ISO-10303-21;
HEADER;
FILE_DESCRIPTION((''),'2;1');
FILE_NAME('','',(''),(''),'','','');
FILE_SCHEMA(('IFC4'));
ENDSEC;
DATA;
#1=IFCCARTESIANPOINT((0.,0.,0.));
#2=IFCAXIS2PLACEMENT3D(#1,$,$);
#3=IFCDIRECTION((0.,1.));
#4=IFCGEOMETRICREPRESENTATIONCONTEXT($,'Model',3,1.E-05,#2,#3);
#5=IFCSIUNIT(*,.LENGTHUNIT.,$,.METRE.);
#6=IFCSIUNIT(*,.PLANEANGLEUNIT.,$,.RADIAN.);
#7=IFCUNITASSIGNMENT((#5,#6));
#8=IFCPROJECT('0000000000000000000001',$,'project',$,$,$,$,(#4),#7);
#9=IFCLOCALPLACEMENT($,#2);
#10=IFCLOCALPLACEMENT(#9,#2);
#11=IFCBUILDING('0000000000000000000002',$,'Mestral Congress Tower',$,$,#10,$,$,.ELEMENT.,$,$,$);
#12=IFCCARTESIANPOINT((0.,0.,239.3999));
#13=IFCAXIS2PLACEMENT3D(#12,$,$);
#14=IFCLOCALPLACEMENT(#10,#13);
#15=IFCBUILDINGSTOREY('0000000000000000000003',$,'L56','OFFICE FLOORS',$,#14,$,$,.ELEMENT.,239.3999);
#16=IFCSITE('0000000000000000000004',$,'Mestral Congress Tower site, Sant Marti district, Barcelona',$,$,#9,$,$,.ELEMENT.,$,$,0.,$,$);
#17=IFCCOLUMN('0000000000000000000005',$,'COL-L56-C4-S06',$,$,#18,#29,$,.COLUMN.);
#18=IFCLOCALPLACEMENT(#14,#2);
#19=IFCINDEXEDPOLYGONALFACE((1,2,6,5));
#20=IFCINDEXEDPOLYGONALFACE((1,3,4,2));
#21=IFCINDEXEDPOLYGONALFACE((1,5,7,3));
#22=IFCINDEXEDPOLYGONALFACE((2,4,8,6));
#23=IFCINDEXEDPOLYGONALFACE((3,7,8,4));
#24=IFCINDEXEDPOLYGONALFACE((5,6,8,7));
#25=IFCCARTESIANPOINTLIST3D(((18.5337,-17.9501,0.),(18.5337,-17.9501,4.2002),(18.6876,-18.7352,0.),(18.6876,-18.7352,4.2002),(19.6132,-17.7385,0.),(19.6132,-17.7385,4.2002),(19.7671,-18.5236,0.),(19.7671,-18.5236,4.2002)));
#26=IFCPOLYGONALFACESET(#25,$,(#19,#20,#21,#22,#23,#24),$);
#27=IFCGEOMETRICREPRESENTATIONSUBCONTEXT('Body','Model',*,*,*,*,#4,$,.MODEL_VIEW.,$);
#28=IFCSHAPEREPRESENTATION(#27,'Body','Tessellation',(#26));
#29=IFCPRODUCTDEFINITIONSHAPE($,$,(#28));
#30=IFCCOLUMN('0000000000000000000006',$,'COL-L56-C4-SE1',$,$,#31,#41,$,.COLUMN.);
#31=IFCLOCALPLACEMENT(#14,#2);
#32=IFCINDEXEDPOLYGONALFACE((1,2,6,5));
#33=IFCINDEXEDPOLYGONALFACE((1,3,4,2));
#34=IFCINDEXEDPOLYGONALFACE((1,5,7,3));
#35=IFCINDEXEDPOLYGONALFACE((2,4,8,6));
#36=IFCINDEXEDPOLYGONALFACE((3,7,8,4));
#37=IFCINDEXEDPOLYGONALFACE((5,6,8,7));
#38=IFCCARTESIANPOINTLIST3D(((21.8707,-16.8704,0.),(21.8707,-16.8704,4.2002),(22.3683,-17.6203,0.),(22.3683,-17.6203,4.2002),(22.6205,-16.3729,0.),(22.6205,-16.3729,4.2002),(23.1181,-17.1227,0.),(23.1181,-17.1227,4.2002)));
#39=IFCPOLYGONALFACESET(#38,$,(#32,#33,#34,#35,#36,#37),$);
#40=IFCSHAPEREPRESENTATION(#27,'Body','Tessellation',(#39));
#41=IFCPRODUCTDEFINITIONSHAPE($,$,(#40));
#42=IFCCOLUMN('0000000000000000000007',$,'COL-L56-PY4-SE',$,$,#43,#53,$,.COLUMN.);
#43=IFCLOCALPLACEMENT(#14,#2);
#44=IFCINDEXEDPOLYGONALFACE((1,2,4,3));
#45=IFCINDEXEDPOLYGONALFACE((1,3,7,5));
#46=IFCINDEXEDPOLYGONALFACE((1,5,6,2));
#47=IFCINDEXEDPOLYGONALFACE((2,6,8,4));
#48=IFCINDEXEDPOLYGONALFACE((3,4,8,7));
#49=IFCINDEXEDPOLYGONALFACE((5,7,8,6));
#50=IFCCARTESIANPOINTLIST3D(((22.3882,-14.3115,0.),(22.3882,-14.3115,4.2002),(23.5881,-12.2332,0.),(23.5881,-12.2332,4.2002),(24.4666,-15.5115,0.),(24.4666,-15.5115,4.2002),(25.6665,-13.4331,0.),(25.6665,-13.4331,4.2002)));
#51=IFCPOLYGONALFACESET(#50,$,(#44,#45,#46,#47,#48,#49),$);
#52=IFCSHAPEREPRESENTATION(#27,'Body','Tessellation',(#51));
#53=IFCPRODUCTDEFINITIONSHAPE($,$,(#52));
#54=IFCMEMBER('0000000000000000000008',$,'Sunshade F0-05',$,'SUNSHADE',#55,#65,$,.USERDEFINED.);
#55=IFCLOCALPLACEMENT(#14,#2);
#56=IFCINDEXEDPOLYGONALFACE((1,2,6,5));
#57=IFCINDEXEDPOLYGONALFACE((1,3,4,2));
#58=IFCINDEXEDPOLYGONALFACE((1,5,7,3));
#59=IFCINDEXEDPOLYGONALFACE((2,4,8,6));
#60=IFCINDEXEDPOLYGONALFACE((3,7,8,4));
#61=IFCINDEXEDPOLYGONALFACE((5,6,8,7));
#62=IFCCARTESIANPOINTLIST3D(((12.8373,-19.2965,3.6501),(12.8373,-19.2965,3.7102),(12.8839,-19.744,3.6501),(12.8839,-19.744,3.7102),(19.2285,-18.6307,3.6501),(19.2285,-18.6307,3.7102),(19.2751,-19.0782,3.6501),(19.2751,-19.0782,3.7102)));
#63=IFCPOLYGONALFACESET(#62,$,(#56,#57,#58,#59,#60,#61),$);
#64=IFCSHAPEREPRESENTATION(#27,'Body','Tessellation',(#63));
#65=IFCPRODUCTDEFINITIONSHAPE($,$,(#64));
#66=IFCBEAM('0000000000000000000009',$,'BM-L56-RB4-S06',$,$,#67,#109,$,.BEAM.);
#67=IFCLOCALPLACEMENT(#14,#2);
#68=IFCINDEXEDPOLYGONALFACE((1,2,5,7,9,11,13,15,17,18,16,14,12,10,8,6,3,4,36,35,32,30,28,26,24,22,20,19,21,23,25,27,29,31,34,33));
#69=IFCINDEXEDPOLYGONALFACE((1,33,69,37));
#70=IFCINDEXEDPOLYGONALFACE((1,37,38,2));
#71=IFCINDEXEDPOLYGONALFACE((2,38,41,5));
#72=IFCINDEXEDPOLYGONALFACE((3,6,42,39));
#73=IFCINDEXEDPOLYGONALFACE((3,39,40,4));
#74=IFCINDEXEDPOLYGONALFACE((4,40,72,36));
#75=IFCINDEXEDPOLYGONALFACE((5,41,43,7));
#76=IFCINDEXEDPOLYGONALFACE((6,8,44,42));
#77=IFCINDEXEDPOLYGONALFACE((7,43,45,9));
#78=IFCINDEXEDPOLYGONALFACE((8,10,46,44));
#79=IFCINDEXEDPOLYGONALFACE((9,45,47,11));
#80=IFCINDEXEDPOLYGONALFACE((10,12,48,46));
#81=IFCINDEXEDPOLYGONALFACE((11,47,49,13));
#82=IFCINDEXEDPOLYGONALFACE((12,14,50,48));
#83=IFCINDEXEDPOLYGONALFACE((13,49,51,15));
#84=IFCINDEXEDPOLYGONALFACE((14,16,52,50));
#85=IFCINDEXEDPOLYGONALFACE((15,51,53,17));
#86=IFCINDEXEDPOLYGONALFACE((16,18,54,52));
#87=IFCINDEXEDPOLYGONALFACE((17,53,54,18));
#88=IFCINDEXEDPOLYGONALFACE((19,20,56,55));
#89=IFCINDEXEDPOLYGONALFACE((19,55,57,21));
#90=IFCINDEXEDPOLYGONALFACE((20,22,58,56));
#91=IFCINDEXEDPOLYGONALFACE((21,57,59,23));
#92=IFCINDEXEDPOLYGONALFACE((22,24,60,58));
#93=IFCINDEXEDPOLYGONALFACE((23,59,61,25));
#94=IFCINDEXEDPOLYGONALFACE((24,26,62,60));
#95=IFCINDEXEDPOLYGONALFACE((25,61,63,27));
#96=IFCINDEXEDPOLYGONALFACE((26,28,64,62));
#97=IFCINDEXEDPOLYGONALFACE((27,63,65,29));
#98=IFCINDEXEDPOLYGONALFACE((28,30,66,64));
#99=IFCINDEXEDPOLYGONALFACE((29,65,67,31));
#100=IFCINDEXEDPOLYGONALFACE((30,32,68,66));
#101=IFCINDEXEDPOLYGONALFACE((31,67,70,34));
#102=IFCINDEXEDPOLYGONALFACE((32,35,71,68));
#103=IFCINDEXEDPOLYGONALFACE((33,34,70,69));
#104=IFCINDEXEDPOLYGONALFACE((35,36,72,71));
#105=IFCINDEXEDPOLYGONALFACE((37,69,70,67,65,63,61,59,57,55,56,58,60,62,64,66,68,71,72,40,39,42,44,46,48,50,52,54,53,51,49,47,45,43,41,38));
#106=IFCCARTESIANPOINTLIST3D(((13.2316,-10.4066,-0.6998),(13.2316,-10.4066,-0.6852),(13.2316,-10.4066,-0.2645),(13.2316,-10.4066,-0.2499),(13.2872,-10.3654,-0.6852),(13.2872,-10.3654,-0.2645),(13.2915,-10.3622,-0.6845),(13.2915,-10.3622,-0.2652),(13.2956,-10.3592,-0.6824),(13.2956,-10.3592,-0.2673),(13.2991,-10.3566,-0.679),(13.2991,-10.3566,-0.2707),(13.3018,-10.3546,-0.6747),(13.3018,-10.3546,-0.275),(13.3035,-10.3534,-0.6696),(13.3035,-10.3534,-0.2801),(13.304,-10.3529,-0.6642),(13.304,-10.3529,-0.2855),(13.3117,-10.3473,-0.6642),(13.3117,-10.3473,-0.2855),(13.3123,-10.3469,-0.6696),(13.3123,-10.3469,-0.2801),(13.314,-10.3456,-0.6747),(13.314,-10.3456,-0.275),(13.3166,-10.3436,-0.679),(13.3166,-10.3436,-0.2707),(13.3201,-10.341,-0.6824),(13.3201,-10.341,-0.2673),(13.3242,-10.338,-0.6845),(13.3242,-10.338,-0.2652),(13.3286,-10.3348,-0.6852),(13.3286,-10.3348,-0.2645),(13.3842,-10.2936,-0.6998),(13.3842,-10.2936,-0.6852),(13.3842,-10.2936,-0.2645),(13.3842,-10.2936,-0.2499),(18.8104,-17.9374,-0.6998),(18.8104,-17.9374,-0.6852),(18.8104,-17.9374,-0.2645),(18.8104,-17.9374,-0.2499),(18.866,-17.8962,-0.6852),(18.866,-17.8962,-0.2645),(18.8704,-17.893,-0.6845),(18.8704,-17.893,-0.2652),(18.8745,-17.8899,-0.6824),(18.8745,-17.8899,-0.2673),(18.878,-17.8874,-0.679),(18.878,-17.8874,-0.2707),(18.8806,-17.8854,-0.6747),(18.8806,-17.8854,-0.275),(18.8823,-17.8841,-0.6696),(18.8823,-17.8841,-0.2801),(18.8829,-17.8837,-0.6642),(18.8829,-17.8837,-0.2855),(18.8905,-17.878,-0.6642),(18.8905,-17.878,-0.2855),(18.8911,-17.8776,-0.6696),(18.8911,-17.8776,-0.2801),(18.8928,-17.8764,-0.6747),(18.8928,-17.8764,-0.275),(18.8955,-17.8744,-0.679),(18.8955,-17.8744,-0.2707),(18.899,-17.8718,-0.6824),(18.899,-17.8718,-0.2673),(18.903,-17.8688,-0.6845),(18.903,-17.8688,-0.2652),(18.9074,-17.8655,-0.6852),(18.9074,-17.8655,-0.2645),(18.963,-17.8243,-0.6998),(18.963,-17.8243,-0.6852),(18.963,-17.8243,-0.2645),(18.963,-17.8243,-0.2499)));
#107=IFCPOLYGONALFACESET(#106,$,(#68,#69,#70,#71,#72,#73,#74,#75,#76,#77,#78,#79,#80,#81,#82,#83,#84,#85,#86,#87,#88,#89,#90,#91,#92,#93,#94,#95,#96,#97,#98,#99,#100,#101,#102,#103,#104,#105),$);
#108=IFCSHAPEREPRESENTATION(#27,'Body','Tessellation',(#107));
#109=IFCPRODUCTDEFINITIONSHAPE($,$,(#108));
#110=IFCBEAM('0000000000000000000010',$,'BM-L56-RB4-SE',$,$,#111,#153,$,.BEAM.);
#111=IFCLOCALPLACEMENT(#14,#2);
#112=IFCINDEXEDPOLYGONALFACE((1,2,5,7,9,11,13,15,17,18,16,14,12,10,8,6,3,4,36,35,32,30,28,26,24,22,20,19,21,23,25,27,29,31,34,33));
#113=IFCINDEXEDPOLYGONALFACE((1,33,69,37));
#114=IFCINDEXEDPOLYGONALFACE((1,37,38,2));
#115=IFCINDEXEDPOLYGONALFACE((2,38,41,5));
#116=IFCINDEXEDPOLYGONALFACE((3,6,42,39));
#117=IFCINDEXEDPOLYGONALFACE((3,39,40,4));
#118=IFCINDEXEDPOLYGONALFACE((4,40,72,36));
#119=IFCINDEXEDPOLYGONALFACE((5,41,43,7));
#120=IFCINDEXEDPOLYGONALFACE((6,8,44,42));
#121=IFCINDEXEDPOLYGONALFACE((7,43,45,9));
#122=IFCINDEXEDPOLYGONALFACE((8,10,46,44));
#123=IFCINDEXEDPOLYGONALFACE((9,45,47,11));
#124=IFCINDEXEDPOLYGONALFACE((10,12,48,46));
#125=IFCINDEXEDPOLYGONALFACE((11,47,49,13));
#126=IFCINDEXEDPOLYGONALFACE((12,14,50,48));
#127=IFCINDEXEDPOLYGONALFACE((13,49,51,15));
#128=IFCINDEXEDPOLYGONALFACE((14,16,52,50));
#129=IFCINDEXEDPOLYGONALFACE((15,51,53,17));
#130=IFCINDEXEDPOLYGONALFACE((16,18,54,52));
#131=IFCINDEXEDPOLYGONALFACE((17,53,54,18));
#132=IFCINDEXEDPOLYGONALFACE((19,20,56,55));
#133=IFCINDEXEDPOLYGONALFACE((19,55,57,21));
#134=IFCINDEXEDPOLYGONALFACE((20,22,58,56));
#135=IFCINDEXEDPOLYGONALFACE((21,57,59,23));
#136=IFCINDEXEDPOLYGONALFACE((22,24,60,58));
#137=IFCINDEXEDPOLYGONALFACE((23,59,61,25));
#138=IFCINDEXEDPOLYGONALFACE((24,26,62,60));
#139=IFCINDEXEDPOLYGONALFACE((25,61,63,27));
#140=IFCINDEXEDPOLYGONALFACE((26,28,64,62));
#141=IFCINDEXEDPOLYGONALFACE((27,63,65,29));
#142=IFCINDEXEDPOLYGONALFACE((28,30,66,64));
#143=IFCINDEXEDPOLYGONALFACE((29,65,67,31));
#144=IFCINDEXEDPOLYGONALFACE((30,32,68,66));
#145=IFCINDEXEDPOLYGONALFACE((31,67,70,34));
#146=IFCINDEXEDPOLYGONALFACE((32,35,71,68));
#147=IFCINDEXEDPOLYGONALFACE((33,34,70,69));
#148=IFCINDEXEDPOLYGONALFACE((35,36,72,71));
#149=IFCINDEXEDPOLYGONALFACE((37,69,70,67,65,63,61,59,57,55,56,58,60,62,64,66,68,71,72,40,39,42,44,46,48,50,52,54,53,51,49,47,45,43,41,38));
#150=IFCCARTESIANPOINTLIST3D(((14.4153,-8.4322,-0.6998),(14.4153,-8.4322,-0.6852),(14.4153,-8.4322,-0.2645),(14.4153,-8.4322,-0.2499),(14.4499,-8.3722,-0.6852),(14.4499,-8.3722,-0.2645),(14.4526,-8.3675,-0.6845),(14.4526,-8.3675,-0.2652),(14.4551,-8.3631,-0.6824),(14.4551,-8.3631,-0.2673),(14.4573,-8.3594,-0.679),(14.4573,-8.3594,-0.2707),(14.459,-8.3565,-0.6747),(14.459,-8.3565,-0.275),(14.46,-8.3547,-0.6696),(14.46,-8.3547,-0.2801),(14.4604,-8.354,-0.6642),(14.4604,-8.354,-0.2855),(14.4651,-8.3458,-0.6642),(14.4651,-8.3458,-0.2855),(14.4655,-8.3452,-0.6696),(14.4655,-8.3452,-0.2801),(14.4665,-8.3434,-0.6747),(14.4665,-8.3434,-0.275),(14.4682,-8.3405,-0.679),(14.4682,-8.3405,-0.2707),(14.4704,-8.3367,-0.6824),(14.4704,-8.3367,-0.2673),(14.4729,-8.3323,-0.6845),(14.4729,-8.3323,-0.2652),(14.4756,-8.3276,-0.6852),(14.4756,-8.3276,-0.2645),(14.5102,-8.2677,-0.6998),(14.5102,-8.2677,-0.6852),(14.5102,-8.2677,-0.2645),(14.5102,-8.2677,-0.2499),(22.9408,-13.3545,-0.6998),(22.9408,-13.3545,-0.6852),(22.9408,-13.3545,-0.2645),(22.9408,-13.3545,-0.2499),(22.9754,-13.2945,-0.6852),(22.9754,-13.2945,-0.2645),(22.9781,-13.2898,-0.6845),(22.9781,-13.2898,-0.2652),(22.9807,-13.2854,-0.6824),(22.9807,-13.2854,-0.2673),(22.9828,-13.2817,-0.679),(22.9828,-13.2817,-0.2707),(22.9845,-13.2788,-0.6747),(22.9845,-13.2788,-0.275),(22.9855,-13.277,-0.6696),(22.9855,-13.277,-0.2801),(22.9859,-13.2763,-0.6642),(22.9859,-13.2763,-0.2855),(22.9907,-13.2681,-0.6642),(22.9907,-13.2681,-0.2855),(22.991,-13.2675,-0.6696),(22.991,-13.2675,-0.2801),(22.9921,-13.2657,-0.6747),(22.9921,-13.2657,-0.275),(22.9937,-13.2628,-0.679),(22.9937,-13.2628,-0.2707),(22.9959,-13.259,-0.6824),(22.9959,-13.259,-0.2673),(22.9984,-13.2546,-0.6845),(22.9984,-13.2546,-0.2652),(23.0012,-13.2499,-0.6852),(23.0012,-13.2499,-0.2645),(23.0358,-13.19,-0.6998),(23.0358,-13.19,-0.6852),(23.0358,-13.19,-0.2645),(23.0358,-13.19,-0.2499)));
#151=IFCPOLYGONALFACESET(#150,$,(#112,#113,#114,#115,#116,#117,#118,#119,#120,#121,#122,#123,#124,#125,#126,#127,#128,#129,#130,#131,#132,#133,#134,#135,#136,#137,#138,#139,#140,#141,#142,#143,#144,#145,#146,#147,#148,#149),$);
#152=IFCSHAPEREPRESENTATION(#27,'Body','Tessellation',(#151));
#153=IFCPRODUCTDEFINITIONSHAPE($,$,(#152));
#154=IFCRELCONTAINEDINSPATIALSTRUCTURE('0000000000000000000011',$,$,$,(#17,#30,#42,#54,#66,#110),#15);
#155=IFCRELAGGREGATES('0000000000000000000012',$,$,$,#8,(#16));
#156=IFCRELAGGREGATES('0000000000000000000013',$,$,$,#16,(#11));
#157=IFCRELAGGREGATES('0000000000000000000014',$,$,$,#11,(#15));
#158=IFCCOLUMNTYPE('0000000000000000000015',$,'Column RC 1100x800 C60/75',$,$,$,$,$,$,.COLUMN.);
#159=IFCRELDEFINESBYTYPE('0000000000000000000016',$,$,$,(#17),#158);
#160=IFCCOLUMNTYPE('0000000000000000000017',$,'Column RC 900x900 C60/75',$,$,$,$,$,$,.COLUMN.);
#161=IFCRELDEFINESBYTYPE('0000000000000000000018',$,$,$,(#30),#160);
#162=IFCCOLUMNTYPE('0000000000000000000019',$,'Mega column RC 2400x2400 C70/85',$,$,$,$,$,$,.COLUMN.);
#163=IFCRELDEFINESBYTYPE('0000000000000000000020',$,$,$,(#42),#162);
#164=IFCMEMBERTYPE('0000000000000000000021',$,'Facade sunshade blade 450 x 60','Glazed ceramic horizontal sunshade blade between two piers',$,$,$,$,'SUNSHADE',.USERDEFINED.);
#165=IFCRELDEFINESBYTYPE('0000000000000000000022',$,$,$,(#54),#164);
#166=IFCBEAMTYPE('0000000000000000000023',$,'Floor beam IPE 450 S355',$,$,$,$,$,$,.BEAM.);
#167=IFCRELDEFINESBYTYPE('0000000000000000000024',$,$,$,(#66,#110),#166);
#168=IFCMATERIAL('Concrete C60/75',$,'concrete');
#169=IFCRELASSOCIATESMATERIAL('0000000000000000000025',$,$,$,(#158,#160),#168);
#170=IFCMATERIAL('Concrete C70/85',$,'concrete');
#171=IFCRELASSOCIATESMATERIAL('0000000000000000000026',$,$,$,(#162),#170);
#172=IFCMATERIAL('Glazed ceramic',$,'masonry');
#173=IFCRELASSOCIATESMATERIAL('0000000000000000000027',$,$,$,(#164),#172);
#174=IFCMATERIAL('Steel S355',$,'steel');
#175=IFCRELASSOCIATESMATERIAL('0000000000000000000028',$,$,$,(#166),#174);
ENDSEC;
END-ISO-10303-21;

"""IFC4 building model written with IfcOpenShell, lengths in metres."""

from ifc_helpers import new_model, si_unit, direction, frame, origin, origin_2d, place, context, subcontext, project, spatial, rectangle, i_section, extrude, material, material_profile, profile_set, type_object, element, save


model = new_model("IFC4")

# Units and contexts
model_context = context("Model", 3, precision=1e-05, world=origin(), true_north=direction((0.0, 1.0)))
body_context = subcontext(model_context, "Body", "Model", "MODEL_VIEW")
ifc_project = project(units=[si_unit("LENGTHUNIT", "METRE"), si_unit("PLANEANGLEUNIT", "RADIAN")], contexts=[model_context])

# Site, building, storey
site_placement = place(None, origin())
site = spatial("IfcSite", under=ifc_project, at=site_placement, Name="Mestral Congress Tower site, Sant Marti district, Barcelona", CompositionType="ELEMENT", RefElevation=0.0)
building_placement = place(site_placement, origin())
building = spatial("IfcBuilding", under=site, at=building_placement, Name="Mestral Congress Tower", CompositionType="ELEMENT")
storey_placement = place(building_placement, frame((0.0, 0.0, 239.3999)))
storey = spatial("IfcBuildingStorey", under=building, at=storey_placement, Name="L56", Description="OFFICE FLOORS", CompositionType="ELEMENT", Elevation=239.3999)

# Columns
ifc_material_1 = material(Name="Concrete C60/75", Category="concrete")
ifc_material_profile_1 = material_profile(ifc_material_1, rectangle(XDim=1.1001, YDim=0.8, at=origin_2d()), Name="RC 1100x800")
ifc_profile_set_1 = profile_set([ifc_material_profile_1], Name="Concrete C60/75")
column_type_1 = type_object("IfcColumnType", Name="Column RC 1100x800 C60/75", PredefinedType="COLUMN", material=ifc_profile_set_1)
column_1_placement = place(storey_placement, frame((19.1504, -18.2368, 0.0), z_axis=(0.0, 0.0, 1.0), x_axis=(0.981325, 0.192359, 0.0)))
element("IfcColumn", 1, at=column_1_placement, inside=storey, type_object=column_type_1, Name="COL-L56-C4-S06", PredefinedType="COLUMN", context=body_context, shape_type="SweptSolid", body=[
    extrude(rectangle(XDim=1.1001, YDim=0.8, at=origin_2d()), origin(), (0.0, 0.0, 1.0), 4.2002),
])
ifc_material_profile_2 = material_profile(ifc_material_1, rectangle(XDim=0.8999, YDim=0.8999, at=origin_2d()), Name="RC 900x900")
ifc_profile_set_2 = profile_set([ifc_material_profile_2], Name="Concrete C60/75")
column_type_2 = type_object("IfcColumnType", Name="Column RC 900x900 C60/75", PredefinedType="COLUMN", material=ifc_profile_set_2)
column_2_placement = place(storey_placement, frame((22.4944, -16.9966, 0.0), z_axis=(0.0, 0.0, 1.0), x_axis=(0.833239, 0.552913, 0.0)))
element("IfcColumn", 2, at=column_2_placement, inside=storey, type_object=column_type_2, Name="COL-L56-C4-SE1", PredefinedType="COLUMN", context=body_context, shape_type="SweptSolid", body=[
    extrude(rectangle(XDim=0.8999, YDim=0.8999, at=origin_2d()), origin(), (0.0, 0.0, 1.0), 4.2002),
])
ifc_material_2 = material(Name="Concrete C70/85", Category="concrete")
ifc_material_profile_3 = material_profile(ifc_material_2, rectangle(XDim=2.3999, YDim=2.3999, at=origin_2d()), Name="RC 2400x2400")
ifc_profile_set_3 = profile_set([ifc_material_profile_3], Name="Concrete C70/85")
column_type_3 = type_object("IfcColumnType", Name="Mega column RC 2400x2400 C70/85", PredefinedType="COLUMN", material=ifc_profile_set_3)
column_3_placement = place(storey_placement, frame((24.0273, -13.8723, 0.0), z_axis=(0.0, 0.0, 1.0), x_axis=(0.866025, -0.5, 0.0)))
element("IfcColumn", 3, at=column_3_placement, inside=storey, type_object=column_type_3, Name="COL-L56-PY4-SE", PredefinedType="COLUMN", context=body_context, shape_type="SweptSolid", body=[
    extrude(rectangle(XDim=2.3999, YDim=2.3999, at=origin_2d()), origin(), (0.0, 0.0, 1.0), 4.2002),
])

# Member
ifc_material_3 = material(Name="Glazed ceramic", Category="masonry")
ifc_material_profile_4 = material_profile(ifc_material_3, rectangle(XDim=0.45, YDim=0.0601, at=origin_2d()), Name="Ceramic blade 450 x 60")
ifc_profile_set_4 = profile_set([ifc_material_profile_4], Name="Glazed ceramic")
member_type = type_object("IfcMemberType", Name="Facade sunshade blade 450 x 60", Description="Glazed ceramic horizontal sunshade blade between two piers", ElementType="SUNSHADE", PredefinedType="USERDEFINED", material=ifc_profile_set_4)
member_placement = place(storey_placement, frame((12.8606, -19.5203, 3.6802), z_axis=(0.994618, 0.103611, 0.0), x_axis=(-0.103611, 0.994618, 0.0)))
element("IfcMember", 4, at=member_placement, inside=storey, type_object=member_type, Name="Sunshade F0-05", ObjectType="SUNSHADE", PredefinedType="USERDEFINED", context=body_context, shape_type="SweptSolid", body=[
    extrude(rectangle(XDim=0.45, YDim=0.0601, at=origin_2d()), origin(), (0.0, 0.0, 1.0), 6.4258),
])

# Beams
ifc_material_4 = material(Name="Steel S355", Category="steel")
ifc_material_profile_5 = material_profile(ifc_material_4, i_section(OverallWidth=0.1899, OverallDepth=0.45, WebThickness=0.0095, FlangeThickness=0.0146, FilletRadius=0.021, at=origin_2d()), Name="IPE 450")
ifc_profile_set_5 = profile_set([ifc_material_profile_5], Name="Steel S355")
beam_type_1 = type_object("IfcBeamType", Name="Floor beam IPE 450 S355", PredefinedType="BEAM", material=ifc_profile_set_5)
beam_1_placement = place(storey_placement, frame((18.8867, -17.8809, -0.4749), z_axis=(-0.595263, 0.803531, 0.0), x_axis=(-0.803531, -0.595263, 0.0)))
element("IfcBeam", 5, at=beam_1_placement, inside=storey, type_object=beam_type_1, Name="BM-L56-RB4-S06", PredefinedType="BEAM", context=body_context, shape_type="SweptSolid", body=[
    extrude(i_section(OverallWidth=0.1899, OverallDepth=0.45, WebThickness=0.0095, FlangeThickness=0.0146, FilletRadius=0.021, at=origin_2d()), origin(), (0.0, 0.0, 1.0), 9.3721),
])
beam_2_placement = place(storey_placement, frame((22.9883, -13.2722, -0.4749), z_axis=(-0.866022, 0.500007, 0.0), x_axis=(-0.500007, -0.866022, 0.0)))
element("IfcBeam", 6, at=beam_2_placement, inside=storey, type_object=beam_type_1, Name="BM-L56-RB4-SE", PredefinedType="BEAM", context=body_context, shape_type="SweptSolid", body=[
    extrude(i_section(OverallWidth=0.1899, OverallDepth=0.45, WebThickness=0.0095, FlangeThickness=0.0146, FilletRadius=0.021, at=origin_2d()), origin(), (0.0, 0.0, 1.0), 9.8445),
])

save(model, "model.ifc")
